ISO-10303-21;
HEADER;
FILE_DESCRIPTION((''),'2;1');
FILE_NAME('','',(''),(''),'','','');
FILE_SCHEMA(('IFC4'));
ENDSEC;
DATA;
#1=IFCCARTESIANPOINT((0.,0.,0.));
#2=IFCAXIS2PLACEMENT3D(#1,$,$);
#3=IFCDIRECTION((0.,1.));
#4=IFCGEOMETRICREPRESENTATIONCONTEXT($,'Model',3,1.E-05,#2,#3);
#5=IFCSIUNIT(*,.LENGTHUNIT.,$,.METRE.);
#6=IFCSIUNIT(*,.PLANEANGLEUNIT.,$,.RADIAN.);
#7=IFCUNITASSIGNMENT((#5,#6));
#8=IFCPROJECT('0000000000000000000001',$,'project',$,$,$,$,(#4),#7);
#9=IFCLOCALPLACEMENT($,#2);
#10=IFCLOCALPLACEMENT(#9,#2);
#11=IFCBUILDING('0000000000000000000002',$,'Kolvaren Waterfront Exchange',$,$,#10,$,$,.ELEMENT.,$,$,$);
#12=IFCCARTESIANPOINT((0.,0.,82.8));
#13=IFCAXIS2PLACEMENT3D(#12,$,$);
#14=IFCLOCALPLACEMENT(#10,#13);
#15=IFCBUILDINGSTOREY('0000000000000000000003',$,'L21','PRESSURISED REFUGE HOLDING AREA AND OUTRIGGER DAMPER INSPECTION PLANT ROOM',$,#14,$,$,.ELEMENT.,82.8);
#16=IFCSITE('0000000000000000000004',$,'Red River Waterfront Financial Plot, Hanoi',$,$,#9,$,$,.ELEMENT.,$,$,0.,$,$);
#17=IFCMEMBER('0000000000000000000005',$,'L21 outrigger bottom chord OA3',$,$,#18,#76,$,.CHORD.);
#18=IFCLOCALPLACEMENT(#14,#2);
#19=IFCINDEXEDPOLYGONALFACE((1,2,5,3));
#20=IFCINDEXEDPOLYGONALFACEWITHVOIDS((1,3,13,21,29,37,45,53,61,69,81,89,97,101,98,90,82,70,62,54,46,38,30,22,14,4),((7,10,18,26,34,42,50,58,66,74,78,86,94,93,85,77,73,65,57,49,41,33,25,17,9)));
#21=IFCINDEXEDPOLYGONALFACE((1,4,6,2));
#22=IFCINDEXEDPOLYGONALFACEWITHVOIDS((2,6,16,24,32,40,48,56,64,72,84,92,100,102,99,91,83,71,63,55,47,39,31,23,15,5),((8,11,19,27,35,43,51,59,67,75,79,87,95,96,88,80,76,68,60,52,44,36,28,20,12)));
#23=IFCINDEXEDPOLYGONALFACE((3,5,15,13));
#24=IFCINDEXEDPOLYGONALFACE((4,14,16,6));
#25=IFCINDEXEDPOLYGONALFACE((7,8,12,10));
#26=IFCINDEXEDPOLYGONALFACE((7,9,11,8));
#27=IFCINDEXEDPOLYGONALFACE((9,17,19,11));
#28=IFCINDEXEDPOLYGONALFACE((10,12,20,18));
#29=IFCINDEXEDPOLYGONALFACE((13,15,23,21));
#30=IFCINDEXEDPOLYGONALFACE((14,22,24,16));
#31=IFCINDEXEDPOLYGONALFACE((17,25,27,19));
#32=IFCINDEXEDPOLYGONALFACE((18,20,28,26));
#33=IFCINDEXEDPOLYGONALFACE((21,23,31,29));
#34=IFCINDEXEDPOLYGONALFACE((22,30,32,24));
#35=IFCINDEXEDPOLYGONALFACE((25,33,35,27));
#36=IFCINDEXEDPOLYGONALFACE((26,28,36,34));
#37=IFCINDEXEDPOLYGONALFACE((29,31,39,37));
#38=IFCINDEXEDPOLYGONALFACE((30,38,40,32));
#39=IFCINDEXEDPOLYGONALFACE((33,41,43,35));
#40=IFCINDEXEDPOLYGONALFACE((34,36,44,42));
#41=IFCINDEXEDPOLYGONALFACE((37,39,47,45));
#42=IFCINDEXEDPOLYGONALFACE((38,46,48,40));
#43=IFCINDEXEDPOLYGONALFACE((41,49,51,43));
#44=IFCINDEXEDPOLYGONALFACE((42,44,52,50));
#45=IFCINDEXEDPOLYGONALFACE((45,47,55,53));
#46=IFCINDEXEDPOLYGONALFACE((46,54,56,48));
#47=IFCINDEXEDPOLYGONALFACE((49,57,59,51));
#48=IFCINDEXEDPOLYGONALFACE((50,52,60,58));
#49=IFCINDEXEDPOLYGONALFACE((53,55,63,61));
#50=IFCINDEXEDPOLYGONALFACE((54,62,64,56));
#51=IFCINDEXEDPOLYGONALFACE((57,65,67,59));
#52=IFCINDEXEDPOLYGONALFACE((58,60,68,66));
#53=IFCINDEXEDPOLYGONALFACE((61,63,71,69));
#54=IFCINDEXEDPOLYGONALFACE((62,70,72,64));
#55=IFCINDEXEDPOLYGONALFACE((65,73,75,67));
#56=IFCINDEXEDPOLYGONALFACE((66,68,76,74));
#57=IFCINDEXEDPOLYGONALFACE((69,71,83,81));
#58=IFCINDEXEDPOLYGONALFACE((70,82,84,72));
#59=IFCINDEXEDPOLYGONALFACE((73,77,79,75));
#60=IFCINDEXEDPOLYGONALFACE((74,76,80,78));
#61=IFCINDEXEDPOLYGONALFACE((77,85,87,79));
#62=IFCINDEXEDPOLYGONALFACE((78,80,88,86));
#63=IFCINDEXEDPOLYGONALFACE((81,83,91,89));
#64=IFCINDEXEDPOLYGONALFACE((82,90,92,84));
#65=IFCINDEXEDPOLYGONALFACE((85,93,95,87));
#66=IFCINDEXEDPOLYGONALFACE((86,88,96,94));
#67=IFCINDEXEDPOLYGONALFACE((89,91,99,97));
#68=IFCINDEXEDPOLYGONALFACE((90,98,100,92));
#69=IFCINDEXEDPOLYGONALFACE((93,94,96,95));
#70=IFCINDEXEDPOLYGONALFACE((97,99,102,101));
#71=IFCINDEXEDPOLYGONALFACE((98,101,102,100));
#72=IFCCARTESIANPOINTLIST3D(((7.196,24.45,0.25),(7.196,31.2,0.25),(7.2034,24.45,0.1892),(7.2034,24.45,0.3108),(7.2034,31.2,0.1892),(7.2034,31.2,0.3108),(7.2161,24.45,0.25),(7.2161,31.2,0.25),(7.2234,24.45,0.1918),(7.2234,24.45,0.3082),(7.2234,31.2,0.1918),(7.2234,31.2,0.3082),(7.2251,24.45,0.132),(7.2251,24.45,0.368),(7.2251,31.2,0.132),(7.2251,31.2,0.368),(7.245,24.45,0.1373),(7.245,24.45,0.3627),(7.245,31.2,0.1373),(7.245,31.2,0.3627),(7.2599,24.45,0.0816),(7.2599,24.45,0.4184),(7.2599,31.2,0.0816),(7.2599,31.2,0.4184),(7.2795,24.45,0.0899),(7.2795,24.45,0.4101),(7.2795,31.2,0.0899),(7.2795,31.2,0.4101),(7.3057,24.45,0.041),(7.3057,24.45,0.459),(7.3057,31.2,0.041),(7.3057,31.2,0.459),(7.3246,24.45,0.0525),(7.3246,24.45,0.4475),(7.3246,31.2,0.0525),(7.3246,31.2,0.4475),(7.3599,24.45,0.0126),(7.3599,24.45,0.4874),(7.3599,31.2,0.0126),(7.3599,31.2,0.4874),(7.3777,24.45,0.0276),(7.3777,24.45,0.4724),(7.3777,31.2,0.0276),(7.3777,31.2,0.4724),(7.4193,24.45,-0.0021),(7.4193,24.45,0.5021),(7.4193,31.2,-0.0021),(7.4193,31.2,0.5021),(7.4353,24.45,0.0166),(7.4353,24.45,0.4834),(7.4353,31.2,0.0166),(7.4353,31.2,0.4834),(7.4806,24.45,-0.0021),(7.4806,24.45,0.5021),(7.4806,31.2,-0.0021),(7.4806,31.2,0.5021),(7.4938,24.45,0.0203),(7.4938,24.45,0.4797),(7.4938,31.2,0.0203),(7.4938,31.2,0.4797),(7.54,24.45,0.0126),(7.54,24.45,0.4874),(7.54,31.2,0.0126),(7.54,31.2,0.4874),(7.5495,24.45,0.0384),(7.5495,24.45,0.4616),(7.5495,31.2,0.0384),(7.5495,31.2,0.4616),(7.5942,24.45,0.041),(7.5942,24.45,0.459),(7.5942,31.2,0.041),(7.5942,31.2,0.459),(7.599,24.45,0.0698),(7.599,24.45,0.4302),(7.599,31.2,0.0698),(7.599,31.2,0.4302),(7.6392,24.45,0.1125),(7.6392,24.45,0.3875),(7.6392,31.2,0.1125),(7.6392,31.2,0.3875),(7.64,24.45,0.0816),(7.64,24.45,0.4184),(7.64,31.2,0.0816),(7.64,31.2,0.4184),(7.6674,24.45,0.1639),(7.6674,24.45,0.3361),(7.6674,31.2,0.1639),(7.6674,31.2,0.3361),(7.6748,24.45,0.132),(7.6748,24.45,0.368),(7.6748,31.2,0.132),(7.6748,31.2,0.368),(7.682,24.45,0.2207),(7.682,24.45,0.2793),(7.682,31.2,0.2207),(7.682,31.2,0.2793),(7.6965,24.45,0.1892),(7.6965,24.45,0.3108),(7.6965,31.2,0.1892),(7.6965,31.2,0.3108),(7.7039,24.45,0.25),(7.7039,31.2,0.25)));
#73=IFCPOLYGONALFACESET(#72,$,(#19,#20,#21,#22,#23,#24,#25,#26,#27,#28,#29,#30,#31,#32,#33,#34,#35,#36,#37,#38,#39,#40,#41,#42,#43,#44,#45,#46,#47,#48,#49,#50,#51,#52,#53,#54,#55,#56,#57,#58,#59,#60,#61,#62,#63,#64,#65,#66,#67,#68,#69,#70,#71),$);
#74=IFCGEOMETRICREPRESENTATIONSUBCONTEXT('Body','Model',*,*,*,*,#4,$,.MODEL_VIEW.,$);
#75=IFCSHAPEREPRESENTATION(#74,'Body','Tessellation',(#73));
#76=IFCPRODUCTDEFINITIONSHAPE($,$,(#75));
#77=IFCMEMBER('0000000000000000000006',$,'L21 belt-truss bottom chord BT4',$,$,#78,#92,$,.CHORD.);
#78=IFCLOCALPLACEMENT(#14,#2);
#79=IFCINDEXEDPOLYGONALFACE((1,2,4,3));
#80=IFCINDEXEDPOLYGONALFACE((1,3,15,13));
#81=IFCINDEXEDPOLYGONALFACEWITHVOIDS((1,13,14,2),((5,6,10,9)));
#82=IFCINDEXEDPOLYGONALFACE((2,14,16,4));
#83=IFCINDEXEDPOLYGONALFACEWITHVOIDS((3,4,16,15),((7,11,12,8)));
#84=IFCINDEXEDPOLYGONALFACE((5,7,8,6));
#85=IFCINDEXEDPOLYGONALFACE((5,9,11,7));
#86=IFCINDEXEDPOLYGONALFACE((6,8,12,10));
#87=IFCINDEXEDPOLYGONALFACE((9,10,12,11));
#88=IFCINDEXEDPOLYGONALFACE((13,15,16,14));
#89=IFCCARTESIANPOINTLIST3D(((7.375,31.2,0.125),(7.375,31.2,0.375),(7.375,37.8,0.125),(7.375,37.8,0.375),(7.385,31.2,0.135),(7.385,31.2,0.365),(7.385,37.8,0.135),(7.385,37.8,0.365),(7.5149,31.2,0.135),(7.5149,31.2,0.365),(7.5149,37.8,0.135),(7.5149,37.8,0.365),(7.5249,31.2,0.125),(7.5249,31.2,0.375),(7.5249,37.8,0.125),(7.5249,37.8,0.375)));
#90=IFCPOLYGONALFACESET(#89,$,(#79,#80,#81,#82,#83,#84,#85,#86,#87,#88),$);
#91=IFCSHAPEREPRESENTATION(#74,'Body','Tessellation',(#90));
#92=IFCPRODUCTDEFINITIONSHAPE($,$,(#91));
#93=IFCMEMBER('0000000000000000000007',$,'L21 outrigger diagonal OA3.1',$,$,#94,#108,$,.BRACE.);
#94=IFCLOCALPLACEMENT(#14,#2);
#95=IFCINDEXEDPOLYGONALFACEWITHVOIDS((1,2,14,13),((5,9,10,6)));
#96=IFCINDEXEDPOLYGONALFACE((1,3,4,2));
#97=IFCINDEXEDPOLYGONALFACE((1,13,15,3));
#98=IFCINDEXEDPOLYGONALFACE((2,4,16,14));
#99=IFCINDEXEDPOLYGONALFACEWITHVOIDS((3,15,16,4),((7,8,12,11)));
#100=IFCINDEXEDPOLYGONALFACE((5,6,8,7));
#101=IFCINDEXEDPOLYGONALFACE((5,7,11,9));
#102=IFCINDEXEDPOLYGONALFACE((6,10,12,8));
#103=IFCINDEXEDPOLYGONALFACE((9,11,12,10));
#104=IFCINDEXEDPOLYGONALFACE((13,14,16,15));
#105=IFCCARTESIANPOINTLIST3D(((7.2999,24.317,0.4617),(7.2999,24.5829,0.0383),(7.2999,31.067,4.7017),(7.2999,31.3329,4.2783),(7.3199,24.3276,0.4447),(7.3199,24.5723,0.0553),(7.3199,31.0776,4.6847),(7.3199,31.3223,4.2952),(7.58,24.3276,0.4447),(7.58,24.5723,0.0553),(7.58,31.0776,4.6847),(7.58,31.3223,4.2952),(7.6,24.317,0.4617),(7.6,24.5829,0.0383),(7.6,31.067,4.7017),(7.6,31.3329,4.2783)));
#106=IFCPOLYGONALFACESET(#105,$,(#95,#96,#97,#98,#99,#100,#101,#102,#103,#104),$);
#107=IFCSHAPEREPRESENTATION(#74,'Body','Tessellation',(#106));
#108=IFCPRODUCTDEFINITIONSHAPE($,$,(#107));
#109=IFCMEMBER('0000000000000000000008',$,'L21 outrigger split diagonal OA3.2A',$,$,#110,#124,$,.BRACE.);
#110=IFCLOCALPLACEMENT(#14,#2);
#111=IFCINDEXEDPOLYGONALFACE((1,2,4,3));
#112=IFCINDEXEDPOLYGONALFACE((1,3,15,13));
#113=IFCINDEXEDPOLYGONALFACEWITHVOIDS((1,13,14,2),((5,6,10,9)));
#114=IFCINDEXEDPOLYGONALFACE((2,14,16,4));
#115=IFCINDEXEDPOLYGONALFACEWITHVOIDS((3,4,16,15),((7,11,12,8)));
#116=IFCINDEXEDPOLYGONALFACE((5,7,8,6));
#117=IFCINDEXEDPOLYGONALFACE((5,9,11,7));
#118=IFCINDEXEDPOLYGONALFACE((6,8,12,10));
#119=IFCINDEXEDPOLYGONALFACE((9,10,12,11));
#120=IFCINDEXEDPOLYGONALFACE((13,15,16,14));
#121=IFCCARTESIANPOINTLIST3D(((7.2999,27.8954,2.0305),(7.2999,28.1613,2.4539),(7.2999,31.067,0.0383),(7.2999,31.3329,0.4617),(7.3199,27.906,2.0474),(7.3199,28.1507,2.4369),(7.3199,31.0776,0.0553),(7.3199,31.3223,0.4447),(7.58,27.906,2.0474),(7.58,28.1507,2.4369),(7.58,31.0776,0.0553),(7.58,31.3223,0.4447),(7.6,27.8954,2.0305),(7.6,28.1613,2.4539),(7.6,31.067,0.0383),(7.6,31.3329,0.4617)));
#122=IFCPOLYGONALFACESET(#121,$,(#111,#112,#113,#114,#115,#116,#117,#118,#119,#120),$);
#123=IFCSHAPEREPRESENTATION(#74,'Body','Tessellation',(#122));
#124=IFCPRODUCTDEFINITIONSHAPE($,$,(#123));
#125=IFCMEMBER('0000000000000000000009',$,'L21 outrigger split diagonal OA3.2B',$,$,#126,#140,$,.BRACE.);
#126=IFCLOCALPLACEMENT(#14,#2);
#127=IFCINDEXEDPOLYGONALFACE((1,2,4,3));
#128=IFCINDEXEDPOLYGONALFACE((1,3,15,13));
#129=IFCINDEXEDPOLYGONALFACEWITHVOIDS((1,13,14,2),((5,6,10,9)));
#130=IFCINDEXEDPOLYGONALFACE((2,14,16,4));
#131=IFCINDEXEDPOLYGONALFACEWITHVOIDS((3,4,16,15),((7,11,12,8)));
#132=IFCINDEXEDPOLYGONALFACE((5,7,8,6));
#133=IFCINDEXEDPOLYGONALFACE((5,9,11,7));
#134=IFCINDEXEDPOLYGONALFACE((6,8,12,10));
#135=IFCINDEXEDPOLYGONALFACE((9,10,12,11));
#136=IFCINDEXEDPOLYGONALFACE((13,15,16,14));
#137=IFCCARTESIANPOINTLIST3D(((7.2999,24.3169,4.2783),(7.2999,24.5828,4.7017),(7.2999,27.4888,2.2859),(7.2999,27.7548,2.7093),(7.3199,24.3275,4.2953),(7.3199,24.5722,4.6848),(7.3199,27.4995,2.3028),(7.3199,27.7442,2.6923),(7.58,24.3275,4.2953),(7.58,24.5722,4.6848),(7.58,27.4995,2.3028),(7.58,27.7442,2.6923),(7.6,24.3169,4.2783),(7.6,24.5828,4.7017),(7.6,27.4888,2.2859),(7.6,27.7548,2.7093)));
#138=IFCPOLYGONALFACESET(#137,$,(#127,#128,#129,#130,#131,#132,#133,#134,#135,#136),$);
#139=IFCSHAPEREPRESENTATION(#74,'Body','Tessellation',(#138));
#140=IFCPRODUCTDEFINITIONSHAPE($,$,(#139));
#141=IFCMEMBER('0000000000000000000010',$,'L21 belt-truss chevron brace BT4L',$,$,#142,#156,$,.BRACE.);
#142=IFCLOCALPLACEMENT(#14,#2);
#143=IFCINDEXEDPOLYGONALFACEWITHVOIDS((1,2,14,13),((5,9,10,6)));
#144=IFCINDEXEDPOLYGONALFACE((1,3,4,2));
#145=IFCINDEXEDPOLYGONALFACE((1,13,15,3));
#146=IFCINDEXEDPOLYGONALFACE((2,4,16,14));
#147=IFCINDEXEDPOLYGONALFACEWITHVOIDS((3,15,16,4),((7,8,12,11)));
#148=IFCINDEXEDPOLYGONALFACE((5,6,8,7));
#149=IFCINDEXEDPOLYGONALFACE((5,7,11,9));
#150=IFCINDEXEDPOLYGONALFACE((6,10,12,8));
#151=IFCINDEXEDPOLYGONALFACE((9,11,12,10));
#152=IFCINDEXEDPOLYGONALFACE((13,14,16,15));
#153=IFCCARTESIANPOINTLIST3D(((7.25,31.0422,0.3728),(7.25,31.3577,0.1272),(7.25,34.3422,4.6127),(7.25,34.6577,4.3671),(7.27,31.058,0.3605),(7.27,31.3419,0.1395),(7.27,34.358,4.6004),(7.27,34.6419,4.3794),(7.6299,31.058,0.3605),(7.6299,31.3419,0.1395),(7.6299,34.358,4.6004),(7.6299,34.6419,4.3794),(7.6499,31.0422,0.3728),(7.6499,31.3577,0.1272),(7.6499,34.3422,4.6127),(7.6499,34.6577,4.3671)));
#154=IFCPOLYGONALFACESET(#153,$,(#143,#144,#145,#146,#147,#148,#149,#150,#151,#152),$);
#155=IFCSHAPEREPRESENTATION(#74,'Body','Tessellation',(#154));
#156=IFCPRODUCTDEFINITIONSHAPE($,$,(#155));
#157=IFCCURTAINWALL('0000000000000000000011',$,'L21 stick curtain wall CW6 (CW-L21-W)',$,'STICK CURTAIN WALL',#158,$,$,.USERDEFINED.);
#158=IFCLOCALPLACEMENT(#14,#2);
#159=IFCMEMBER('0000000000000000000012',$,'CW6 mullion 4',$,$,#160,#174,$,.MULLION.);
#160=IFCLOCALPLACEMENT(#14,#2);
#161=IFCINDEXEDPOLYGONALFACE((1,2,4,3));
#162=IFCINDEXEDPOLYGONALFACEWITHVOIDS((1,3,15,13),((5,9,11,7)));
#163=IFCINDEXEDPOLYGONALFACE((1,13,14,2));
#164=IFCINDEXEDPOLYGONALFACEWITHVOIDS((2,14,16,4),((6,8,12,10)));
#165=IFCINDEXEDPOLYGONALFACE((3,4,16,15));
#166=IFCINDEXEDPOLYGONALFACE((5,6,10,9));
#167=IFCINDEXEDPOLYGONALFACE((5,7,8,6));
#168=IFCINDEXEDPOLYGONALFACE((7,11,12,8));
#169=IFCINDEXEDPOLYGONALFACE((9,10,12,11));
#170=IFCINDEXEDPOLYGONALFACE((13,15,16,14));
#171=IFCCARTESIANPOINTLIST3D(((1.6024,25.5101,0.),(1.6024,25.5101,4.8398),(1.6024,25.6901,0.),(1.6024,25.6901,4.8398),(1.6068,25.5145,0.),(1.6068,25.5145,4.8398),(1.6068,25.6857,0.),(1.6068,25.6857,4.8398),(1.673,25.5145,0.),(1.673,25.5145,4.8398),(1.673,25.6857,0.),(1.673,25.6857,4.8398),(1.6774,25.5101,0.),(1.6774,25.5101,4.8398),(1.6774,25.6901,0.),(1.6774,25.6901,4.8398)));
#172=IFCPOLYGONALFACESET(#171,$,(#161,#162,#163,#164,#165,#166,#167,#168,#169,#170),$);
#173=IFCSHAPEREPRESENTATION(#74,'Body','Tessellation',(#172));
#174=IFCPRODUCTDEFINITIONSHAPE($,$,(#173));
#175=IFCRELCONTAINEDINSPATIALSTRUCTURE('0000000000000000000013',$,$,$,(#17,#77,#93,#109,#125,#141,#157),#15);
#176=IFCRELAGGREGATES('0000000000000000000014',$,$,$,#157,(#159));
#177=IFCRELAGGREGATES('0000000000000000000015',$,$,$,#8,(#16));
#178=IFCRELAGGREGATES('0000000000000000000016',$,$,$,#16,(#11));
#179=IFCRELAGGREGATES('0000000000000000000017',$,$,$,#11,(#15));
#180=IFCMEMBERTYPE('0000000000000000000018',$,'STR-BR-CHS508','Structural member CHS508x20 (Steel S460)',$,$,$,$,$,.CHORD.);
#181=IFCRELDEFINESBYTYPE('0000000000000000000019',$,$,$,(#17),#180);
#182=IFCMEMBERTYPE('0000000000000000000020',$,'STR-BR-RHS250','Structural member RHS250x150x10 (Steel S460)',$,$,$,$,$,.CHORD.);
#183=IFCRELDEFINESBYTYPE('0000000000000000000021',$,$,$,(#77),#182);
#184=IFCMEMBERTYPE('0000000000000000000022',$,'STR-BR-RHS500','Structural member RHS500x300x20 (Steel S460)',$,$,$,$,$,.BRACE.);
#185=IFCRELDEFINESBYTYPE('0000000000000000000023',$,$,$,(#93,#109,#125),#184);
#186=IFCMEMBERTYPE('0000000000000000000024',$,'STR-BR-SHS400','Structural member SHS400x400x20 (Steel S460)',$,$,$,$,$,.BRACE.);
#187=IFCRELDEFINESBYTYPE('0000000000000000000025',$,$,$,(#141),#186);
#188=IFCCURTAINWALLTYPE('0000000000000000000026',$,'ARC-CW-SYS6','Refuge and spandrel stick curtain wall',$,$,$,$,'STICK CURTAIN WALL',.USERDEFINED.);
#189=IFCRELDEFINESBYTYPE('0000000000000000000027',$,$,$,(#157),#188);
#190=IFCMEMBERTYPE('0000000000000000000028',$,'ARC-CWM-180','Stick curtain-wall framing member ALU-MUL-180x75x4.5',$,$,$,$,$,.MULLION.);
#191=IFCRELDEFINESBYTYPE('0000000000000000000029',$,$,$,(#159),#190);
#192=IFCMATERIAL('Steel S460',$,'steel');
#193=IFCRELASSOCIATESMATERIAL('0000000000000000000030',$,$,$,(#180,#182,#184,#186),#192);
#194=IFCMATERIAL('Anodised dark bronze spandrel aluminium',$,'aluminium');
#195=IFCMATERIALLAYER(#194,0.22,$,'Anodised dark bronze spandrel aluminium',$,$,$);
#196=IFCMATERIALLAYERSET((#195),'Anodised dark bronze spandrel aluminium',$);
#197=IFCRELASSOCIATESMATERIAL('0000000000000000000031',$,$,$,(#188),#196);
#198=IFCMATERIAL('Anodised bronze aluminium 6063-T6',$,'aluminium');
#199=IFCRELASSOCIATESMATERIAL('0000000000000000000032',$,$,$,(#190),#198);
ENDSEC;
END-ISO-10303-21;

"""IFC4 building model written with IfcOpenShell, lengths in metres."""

from ifc_helpers import new_model, si_unit, direction, frame, origin, origin_with_axes, origin_2d, place, context, subcontext, project, spatial, hollow_rectangle, hollow_circle, extrude, source, transform, mapped, material, layer, layer_set, material_profile, profile_set, type_object, element, aggregate, save


model = new_model("IFC4")

# Units and contexts
model_context = context("Model", 3, precision=1e-05, world=origin(), true_north=direction((0.0, 1.0)))
body_context = subcontext(model_context, "Body", "Model", "MODEL_VIEW")
ifc_project = project(units=[si_unit("LENGTHUNIT", "METRE"), si_unit("PLANEANGLEUNIT", "RADIAN")], contexts=[model_context])

# Site, building, storey
site_placement = place(None, origin())
site = spatial("IfcSite", under=ifc_project, at=site_placement, Name="Red River Waterfront Financial Plot, Hanoi", CompositionType="ELEMENT", RefElevation=0.0)
building_placement = place(site_placement, origin())
building = spatial("IfcBuilding", under=site, at=building_placement, Name="Kolvaren Waterfront Exchange", CompositionType="ELEMENT")
storey_placement = place(building_placement, frame((0.0, 0.0, 82.8)))
storey = spatial("IfcBuildingStorey", under=building, at=storey_placement, Name="L21", Description="PRESSURISED REFUGE HOLDING AREA AND OUTRIGGER DAMPER INSPECTION PLANT ROOM", CompositionType="ELEMENT", Elevation=82.8)

# Members
ifc_material_1 = material(Name="Steel S460", Category="steel")
ifc_material_profile_1 = material_profile(ifc_material_1, hollow_circle(Radius=0.2539, WallThickness=0.02, at=origin_2d()), Name="CHS508x20")
ifc_profile_set_1 = profile_set([ifc_material_profile_1], Name="Steel S460")
member_type_1 = type_object("IfcMemberType", Name="STR-BR-CHS508", Description="Structural member CHS508x20 (Steel S460)", PredefinedType="CHORD", material=ifc_profile_set_1)
member_1_placement = place(storey_placement, frame((7.45, 24.45, 0.25), z_axis=(0.0, 1.0, 0.0), x_axis=(-1.0, 0.0, 0.0)))
element("IfcMember", 1, at=member_1_placement, inside=storey, type_object=member_type_1, Name="L21 outrigger bottom chord OA3", PredefinedType="CHORD", context=body_context, shape_type="SweptSolid", body=[
    extrude(hollow_circle(Radius=0.2539, WallThickness=0.02, at=origin_2d()), origin(), (0.0, 0.0, 1.0), 6.75),
])
ifc_material_profile_2 = material_profile(ifc_material_1, hollow_rectangle(XDim=0.1499, YDim=0.25, WallThickness=0.01, at=origin_2d()), Name="RHS250x150x10")
ifc_profile_set_2 = profile_set([ifc_material_profile_2], Name="Steel S460")
member_type_2 = type_object("IfcMemberType", Name="STR-BR-RHS250", Description="Structural member RHS250x150x10 (Steel S460)", PredefinedType="CHORD", material=ifc_profile_set_2)
member_2_placement = place(storey_placement, frame((7.45, 31.2, 0.25), z_axis=(0.0, 1.0, 0.0), x_axis=(-1.0, 0.0, 0.0)))
element("IfcMember", 2, at=member_2_placement, inside=storey, type_object=member_type_2, Name="L21 belt-truss bottom chord BT4", PredefinedType="CHORD", context=body_context, shape_type="SweptSolid", body=[
    extrude(hollow_rectangle(XDim=0.1499, YDim=0.25, WallThickness=0.01, at=origin_2d()), origin(), (0.0, 0.0, 1.0), 6.6001),
])
ifc_material_profile_3 = material_profile(ifc_material_1, hollow_rectangle(XDim=0.3, YDim=0.5, WallThickness=0.02, at=origin_2d()), Name="RHS500x300x20")
ifc_profile_set_3 = profile_set([ifc_material_profile_3], Name="Steel S460")
member_type_3 = type_object("IfcMemberType", Name="STR-BR-RHS500", Description="Structural member RHS500x300x20 (Steel S460)", PredefinedType="BRACE", material=ifc_profile_set_3)
member_3_placement = place(storey_placement, frame((7.45, 24.45, 0.25), z_axis=(0.0, 0.846799, 0.531914), x_axis=(-1.0, 0.0, 0.0)))
element("IfcMember", 3, at=member_3_placement, inside=storey, type_object=member_type_3, Name="L21 outrigger diagonal OA3.1", PredefinedType="BRACE", context=body_context, shape_type="SweptSolid", body=[
    extrude(hollow_rectangle(XDim=0.3, YDim=0.5, WallThickness=0.02, at=origin_2d()), origin(), (0.0, 0.0, 1.0), 7.9712),
])
member_4_placement = place(storey_placement, frame((7.45, 31.2, 0.25), z_axis=(0.0, -0.846806, 0.531902), x_axis=(1.0, 0.0, 0.0)))
element("IfcMember", 4, at=member_4_placement, inside=storey, type_object=member_type_3, Name="L21 outrigger split diagonal OA3.2A", PredefinedType="BRACE", context=body_context, shape_type="SweptSolid", body=[
    extrude(hollow_rectangle(XDim=0.3, YDim=0.5, WallThickness=0.02, at=origin_2d()), origin(), (0.0, 0.0, 1.0), 3.7454),
])
member_5_placement = place(storey_placement, frame((7.45, 27.6218, 2.4976), z_axis=(0.0, -0.846795, 0.531919), x_axis=(1.0, 0.0, 0.0)))
element("IfcMember", 5, at=member_5_placement, inside=storey, type_object=member_type_3, Name="L21 outrigger split diagonal OA3.2B", PredefinedType="BRACE", context=body_context, shape_type="SweptSolid", body=[
    extrude(hollow_rectangle(XDim=0.3, YDim=0.5, WallThickness=0.02, at=origin_2d()), origin(), (0.0, 0.0, 1.0), 3.7458),
])
ifc_material_profile_4 = material_profile(ifc_material_1, hollow_rectangle(XDim=0.3999, YDim=0.3999, WallThickness=0.02, at=origin_2d()), Name="SHS400x400x20")
ifc_profile_set_4 = profile_set([ifc_material_profile_4], Name="Steel S460")
member_type_4 = type_object("IfcMemberType", Name="STR-BR-SHS400", Description="Structural member SHS400x400x20 (Steel S460)", PredefinedType="BRACE", material=ifc_profile_set_4)
member_6_placement = place(storey_placement, frame((7.45, 31.2, 0.25), z_axis=(0.0, 0.614205, 0.789147), x_axis=(-1.0, 0.0, 0.0)))
element("IfcMember", 6, at=member_6_placement, inside=storey, type_object=member_type_4, Name="L21 belt-truss chevron brace BT4L", PredefinedType="BRACE", context=body_context, shape_type="SweptSolid", body=[
    extrude(hollow_rectangle(XDim=0.3999, YDim=0.3999, WallThickness=0.02, at=origin_2d()), origin(), (0.0, 0.0, 1.0), 5.3728),
])

# Curtain wall, member
ifc_material_2 = material(Name="Anodised dark bronze spandrel aluminium", Category="aluminium")
ifc_layer_1 = layer(ifc_material_2, 0.22, Name="Anodised dark bronze spandrel aluminium")
ifc_layer_set_1 = layer_set([ifc_layer_1], Name="Anodised dark bronze spandrel aluminium")
curtain_wall_type = type_object("IfcCurtainWallType", Name="ARC-CW-SYS6", Description="Refuge and spandrel stick curtain wall", ElementType="STICK CURTAIN WALL", PredefinedType="USERDEFINED", material=ifc_layer_set_1)
curtain_wall_placement = place(storey_placement, origin())
curtain_wall = element("IfcCurtainWall", 7, at=curtain_wall_placement, inside=storey, type_object=curtain_wall_type, Name="L21 stick curtain wall CW6 (CW-L21-W)", ObjectType="STICK CURTAIN WALL", PredefinedType="USERDEFINED")
ifc_material_3 = material(Name="Anodised bronze aluminium 6063-T6", Category="aluminium")
ifc_material_profile_5 = material_profile(ifc_material_3, hollow_rectangle(XDim=0.075, YDim=0.1799, WallThickness=0.0044, at=origin_2d()), Name="ALU-MUL-180x75x4.5")
ifc_profile_set_5 = profile_set([ifc_material_profile_5], Name="Anodised bronze aluminium 6063-T6")
member_type_5 = type_object("IfcMemberType", Name="ARC-CWM-180", Description="Stick curtain-wall framing member ALU-MUL-180x75x4.5", PredefinedType="MULLION", material=ifc_profile_set_5)
shared_shape_1 = source(origin_with_axes(), body_context, "Body", "SweptSolid", [
    extrude(hollow_rectangle(XDim=0.075, YDim=0.1799, WallThickness=0.0044, at=origin_2d()), origin(), (0.0, 0.0, 1.0), 4.8398),
])
member_7_placement = place(storey_placement, frame((1.6399, 25.6001, 0.0), z_axis=(0.0, 0.0, 1.0), x_axis=(-1.0, 0.0, 0.0)))
member_7 = element("IfcMember", 8, at=member_7_placement, type_object=member_type_5, Name="CW6 mullion 4", PredefinedType="MULLION", context=body_context, shape_type="MappedRepresentation", body=[
    mapped(shared_shape_1, transform((0.0, 0.0, 0.0), x_axis=(1.0, 0.0, 0.0), y_axis=(0.0, 1.0, 0.0), z_axis=(0.0, 0.0, 1.0), scale=1.0)),
])

aggregate(curtain_wall, [member_7])

save(model, "model.ifc")
